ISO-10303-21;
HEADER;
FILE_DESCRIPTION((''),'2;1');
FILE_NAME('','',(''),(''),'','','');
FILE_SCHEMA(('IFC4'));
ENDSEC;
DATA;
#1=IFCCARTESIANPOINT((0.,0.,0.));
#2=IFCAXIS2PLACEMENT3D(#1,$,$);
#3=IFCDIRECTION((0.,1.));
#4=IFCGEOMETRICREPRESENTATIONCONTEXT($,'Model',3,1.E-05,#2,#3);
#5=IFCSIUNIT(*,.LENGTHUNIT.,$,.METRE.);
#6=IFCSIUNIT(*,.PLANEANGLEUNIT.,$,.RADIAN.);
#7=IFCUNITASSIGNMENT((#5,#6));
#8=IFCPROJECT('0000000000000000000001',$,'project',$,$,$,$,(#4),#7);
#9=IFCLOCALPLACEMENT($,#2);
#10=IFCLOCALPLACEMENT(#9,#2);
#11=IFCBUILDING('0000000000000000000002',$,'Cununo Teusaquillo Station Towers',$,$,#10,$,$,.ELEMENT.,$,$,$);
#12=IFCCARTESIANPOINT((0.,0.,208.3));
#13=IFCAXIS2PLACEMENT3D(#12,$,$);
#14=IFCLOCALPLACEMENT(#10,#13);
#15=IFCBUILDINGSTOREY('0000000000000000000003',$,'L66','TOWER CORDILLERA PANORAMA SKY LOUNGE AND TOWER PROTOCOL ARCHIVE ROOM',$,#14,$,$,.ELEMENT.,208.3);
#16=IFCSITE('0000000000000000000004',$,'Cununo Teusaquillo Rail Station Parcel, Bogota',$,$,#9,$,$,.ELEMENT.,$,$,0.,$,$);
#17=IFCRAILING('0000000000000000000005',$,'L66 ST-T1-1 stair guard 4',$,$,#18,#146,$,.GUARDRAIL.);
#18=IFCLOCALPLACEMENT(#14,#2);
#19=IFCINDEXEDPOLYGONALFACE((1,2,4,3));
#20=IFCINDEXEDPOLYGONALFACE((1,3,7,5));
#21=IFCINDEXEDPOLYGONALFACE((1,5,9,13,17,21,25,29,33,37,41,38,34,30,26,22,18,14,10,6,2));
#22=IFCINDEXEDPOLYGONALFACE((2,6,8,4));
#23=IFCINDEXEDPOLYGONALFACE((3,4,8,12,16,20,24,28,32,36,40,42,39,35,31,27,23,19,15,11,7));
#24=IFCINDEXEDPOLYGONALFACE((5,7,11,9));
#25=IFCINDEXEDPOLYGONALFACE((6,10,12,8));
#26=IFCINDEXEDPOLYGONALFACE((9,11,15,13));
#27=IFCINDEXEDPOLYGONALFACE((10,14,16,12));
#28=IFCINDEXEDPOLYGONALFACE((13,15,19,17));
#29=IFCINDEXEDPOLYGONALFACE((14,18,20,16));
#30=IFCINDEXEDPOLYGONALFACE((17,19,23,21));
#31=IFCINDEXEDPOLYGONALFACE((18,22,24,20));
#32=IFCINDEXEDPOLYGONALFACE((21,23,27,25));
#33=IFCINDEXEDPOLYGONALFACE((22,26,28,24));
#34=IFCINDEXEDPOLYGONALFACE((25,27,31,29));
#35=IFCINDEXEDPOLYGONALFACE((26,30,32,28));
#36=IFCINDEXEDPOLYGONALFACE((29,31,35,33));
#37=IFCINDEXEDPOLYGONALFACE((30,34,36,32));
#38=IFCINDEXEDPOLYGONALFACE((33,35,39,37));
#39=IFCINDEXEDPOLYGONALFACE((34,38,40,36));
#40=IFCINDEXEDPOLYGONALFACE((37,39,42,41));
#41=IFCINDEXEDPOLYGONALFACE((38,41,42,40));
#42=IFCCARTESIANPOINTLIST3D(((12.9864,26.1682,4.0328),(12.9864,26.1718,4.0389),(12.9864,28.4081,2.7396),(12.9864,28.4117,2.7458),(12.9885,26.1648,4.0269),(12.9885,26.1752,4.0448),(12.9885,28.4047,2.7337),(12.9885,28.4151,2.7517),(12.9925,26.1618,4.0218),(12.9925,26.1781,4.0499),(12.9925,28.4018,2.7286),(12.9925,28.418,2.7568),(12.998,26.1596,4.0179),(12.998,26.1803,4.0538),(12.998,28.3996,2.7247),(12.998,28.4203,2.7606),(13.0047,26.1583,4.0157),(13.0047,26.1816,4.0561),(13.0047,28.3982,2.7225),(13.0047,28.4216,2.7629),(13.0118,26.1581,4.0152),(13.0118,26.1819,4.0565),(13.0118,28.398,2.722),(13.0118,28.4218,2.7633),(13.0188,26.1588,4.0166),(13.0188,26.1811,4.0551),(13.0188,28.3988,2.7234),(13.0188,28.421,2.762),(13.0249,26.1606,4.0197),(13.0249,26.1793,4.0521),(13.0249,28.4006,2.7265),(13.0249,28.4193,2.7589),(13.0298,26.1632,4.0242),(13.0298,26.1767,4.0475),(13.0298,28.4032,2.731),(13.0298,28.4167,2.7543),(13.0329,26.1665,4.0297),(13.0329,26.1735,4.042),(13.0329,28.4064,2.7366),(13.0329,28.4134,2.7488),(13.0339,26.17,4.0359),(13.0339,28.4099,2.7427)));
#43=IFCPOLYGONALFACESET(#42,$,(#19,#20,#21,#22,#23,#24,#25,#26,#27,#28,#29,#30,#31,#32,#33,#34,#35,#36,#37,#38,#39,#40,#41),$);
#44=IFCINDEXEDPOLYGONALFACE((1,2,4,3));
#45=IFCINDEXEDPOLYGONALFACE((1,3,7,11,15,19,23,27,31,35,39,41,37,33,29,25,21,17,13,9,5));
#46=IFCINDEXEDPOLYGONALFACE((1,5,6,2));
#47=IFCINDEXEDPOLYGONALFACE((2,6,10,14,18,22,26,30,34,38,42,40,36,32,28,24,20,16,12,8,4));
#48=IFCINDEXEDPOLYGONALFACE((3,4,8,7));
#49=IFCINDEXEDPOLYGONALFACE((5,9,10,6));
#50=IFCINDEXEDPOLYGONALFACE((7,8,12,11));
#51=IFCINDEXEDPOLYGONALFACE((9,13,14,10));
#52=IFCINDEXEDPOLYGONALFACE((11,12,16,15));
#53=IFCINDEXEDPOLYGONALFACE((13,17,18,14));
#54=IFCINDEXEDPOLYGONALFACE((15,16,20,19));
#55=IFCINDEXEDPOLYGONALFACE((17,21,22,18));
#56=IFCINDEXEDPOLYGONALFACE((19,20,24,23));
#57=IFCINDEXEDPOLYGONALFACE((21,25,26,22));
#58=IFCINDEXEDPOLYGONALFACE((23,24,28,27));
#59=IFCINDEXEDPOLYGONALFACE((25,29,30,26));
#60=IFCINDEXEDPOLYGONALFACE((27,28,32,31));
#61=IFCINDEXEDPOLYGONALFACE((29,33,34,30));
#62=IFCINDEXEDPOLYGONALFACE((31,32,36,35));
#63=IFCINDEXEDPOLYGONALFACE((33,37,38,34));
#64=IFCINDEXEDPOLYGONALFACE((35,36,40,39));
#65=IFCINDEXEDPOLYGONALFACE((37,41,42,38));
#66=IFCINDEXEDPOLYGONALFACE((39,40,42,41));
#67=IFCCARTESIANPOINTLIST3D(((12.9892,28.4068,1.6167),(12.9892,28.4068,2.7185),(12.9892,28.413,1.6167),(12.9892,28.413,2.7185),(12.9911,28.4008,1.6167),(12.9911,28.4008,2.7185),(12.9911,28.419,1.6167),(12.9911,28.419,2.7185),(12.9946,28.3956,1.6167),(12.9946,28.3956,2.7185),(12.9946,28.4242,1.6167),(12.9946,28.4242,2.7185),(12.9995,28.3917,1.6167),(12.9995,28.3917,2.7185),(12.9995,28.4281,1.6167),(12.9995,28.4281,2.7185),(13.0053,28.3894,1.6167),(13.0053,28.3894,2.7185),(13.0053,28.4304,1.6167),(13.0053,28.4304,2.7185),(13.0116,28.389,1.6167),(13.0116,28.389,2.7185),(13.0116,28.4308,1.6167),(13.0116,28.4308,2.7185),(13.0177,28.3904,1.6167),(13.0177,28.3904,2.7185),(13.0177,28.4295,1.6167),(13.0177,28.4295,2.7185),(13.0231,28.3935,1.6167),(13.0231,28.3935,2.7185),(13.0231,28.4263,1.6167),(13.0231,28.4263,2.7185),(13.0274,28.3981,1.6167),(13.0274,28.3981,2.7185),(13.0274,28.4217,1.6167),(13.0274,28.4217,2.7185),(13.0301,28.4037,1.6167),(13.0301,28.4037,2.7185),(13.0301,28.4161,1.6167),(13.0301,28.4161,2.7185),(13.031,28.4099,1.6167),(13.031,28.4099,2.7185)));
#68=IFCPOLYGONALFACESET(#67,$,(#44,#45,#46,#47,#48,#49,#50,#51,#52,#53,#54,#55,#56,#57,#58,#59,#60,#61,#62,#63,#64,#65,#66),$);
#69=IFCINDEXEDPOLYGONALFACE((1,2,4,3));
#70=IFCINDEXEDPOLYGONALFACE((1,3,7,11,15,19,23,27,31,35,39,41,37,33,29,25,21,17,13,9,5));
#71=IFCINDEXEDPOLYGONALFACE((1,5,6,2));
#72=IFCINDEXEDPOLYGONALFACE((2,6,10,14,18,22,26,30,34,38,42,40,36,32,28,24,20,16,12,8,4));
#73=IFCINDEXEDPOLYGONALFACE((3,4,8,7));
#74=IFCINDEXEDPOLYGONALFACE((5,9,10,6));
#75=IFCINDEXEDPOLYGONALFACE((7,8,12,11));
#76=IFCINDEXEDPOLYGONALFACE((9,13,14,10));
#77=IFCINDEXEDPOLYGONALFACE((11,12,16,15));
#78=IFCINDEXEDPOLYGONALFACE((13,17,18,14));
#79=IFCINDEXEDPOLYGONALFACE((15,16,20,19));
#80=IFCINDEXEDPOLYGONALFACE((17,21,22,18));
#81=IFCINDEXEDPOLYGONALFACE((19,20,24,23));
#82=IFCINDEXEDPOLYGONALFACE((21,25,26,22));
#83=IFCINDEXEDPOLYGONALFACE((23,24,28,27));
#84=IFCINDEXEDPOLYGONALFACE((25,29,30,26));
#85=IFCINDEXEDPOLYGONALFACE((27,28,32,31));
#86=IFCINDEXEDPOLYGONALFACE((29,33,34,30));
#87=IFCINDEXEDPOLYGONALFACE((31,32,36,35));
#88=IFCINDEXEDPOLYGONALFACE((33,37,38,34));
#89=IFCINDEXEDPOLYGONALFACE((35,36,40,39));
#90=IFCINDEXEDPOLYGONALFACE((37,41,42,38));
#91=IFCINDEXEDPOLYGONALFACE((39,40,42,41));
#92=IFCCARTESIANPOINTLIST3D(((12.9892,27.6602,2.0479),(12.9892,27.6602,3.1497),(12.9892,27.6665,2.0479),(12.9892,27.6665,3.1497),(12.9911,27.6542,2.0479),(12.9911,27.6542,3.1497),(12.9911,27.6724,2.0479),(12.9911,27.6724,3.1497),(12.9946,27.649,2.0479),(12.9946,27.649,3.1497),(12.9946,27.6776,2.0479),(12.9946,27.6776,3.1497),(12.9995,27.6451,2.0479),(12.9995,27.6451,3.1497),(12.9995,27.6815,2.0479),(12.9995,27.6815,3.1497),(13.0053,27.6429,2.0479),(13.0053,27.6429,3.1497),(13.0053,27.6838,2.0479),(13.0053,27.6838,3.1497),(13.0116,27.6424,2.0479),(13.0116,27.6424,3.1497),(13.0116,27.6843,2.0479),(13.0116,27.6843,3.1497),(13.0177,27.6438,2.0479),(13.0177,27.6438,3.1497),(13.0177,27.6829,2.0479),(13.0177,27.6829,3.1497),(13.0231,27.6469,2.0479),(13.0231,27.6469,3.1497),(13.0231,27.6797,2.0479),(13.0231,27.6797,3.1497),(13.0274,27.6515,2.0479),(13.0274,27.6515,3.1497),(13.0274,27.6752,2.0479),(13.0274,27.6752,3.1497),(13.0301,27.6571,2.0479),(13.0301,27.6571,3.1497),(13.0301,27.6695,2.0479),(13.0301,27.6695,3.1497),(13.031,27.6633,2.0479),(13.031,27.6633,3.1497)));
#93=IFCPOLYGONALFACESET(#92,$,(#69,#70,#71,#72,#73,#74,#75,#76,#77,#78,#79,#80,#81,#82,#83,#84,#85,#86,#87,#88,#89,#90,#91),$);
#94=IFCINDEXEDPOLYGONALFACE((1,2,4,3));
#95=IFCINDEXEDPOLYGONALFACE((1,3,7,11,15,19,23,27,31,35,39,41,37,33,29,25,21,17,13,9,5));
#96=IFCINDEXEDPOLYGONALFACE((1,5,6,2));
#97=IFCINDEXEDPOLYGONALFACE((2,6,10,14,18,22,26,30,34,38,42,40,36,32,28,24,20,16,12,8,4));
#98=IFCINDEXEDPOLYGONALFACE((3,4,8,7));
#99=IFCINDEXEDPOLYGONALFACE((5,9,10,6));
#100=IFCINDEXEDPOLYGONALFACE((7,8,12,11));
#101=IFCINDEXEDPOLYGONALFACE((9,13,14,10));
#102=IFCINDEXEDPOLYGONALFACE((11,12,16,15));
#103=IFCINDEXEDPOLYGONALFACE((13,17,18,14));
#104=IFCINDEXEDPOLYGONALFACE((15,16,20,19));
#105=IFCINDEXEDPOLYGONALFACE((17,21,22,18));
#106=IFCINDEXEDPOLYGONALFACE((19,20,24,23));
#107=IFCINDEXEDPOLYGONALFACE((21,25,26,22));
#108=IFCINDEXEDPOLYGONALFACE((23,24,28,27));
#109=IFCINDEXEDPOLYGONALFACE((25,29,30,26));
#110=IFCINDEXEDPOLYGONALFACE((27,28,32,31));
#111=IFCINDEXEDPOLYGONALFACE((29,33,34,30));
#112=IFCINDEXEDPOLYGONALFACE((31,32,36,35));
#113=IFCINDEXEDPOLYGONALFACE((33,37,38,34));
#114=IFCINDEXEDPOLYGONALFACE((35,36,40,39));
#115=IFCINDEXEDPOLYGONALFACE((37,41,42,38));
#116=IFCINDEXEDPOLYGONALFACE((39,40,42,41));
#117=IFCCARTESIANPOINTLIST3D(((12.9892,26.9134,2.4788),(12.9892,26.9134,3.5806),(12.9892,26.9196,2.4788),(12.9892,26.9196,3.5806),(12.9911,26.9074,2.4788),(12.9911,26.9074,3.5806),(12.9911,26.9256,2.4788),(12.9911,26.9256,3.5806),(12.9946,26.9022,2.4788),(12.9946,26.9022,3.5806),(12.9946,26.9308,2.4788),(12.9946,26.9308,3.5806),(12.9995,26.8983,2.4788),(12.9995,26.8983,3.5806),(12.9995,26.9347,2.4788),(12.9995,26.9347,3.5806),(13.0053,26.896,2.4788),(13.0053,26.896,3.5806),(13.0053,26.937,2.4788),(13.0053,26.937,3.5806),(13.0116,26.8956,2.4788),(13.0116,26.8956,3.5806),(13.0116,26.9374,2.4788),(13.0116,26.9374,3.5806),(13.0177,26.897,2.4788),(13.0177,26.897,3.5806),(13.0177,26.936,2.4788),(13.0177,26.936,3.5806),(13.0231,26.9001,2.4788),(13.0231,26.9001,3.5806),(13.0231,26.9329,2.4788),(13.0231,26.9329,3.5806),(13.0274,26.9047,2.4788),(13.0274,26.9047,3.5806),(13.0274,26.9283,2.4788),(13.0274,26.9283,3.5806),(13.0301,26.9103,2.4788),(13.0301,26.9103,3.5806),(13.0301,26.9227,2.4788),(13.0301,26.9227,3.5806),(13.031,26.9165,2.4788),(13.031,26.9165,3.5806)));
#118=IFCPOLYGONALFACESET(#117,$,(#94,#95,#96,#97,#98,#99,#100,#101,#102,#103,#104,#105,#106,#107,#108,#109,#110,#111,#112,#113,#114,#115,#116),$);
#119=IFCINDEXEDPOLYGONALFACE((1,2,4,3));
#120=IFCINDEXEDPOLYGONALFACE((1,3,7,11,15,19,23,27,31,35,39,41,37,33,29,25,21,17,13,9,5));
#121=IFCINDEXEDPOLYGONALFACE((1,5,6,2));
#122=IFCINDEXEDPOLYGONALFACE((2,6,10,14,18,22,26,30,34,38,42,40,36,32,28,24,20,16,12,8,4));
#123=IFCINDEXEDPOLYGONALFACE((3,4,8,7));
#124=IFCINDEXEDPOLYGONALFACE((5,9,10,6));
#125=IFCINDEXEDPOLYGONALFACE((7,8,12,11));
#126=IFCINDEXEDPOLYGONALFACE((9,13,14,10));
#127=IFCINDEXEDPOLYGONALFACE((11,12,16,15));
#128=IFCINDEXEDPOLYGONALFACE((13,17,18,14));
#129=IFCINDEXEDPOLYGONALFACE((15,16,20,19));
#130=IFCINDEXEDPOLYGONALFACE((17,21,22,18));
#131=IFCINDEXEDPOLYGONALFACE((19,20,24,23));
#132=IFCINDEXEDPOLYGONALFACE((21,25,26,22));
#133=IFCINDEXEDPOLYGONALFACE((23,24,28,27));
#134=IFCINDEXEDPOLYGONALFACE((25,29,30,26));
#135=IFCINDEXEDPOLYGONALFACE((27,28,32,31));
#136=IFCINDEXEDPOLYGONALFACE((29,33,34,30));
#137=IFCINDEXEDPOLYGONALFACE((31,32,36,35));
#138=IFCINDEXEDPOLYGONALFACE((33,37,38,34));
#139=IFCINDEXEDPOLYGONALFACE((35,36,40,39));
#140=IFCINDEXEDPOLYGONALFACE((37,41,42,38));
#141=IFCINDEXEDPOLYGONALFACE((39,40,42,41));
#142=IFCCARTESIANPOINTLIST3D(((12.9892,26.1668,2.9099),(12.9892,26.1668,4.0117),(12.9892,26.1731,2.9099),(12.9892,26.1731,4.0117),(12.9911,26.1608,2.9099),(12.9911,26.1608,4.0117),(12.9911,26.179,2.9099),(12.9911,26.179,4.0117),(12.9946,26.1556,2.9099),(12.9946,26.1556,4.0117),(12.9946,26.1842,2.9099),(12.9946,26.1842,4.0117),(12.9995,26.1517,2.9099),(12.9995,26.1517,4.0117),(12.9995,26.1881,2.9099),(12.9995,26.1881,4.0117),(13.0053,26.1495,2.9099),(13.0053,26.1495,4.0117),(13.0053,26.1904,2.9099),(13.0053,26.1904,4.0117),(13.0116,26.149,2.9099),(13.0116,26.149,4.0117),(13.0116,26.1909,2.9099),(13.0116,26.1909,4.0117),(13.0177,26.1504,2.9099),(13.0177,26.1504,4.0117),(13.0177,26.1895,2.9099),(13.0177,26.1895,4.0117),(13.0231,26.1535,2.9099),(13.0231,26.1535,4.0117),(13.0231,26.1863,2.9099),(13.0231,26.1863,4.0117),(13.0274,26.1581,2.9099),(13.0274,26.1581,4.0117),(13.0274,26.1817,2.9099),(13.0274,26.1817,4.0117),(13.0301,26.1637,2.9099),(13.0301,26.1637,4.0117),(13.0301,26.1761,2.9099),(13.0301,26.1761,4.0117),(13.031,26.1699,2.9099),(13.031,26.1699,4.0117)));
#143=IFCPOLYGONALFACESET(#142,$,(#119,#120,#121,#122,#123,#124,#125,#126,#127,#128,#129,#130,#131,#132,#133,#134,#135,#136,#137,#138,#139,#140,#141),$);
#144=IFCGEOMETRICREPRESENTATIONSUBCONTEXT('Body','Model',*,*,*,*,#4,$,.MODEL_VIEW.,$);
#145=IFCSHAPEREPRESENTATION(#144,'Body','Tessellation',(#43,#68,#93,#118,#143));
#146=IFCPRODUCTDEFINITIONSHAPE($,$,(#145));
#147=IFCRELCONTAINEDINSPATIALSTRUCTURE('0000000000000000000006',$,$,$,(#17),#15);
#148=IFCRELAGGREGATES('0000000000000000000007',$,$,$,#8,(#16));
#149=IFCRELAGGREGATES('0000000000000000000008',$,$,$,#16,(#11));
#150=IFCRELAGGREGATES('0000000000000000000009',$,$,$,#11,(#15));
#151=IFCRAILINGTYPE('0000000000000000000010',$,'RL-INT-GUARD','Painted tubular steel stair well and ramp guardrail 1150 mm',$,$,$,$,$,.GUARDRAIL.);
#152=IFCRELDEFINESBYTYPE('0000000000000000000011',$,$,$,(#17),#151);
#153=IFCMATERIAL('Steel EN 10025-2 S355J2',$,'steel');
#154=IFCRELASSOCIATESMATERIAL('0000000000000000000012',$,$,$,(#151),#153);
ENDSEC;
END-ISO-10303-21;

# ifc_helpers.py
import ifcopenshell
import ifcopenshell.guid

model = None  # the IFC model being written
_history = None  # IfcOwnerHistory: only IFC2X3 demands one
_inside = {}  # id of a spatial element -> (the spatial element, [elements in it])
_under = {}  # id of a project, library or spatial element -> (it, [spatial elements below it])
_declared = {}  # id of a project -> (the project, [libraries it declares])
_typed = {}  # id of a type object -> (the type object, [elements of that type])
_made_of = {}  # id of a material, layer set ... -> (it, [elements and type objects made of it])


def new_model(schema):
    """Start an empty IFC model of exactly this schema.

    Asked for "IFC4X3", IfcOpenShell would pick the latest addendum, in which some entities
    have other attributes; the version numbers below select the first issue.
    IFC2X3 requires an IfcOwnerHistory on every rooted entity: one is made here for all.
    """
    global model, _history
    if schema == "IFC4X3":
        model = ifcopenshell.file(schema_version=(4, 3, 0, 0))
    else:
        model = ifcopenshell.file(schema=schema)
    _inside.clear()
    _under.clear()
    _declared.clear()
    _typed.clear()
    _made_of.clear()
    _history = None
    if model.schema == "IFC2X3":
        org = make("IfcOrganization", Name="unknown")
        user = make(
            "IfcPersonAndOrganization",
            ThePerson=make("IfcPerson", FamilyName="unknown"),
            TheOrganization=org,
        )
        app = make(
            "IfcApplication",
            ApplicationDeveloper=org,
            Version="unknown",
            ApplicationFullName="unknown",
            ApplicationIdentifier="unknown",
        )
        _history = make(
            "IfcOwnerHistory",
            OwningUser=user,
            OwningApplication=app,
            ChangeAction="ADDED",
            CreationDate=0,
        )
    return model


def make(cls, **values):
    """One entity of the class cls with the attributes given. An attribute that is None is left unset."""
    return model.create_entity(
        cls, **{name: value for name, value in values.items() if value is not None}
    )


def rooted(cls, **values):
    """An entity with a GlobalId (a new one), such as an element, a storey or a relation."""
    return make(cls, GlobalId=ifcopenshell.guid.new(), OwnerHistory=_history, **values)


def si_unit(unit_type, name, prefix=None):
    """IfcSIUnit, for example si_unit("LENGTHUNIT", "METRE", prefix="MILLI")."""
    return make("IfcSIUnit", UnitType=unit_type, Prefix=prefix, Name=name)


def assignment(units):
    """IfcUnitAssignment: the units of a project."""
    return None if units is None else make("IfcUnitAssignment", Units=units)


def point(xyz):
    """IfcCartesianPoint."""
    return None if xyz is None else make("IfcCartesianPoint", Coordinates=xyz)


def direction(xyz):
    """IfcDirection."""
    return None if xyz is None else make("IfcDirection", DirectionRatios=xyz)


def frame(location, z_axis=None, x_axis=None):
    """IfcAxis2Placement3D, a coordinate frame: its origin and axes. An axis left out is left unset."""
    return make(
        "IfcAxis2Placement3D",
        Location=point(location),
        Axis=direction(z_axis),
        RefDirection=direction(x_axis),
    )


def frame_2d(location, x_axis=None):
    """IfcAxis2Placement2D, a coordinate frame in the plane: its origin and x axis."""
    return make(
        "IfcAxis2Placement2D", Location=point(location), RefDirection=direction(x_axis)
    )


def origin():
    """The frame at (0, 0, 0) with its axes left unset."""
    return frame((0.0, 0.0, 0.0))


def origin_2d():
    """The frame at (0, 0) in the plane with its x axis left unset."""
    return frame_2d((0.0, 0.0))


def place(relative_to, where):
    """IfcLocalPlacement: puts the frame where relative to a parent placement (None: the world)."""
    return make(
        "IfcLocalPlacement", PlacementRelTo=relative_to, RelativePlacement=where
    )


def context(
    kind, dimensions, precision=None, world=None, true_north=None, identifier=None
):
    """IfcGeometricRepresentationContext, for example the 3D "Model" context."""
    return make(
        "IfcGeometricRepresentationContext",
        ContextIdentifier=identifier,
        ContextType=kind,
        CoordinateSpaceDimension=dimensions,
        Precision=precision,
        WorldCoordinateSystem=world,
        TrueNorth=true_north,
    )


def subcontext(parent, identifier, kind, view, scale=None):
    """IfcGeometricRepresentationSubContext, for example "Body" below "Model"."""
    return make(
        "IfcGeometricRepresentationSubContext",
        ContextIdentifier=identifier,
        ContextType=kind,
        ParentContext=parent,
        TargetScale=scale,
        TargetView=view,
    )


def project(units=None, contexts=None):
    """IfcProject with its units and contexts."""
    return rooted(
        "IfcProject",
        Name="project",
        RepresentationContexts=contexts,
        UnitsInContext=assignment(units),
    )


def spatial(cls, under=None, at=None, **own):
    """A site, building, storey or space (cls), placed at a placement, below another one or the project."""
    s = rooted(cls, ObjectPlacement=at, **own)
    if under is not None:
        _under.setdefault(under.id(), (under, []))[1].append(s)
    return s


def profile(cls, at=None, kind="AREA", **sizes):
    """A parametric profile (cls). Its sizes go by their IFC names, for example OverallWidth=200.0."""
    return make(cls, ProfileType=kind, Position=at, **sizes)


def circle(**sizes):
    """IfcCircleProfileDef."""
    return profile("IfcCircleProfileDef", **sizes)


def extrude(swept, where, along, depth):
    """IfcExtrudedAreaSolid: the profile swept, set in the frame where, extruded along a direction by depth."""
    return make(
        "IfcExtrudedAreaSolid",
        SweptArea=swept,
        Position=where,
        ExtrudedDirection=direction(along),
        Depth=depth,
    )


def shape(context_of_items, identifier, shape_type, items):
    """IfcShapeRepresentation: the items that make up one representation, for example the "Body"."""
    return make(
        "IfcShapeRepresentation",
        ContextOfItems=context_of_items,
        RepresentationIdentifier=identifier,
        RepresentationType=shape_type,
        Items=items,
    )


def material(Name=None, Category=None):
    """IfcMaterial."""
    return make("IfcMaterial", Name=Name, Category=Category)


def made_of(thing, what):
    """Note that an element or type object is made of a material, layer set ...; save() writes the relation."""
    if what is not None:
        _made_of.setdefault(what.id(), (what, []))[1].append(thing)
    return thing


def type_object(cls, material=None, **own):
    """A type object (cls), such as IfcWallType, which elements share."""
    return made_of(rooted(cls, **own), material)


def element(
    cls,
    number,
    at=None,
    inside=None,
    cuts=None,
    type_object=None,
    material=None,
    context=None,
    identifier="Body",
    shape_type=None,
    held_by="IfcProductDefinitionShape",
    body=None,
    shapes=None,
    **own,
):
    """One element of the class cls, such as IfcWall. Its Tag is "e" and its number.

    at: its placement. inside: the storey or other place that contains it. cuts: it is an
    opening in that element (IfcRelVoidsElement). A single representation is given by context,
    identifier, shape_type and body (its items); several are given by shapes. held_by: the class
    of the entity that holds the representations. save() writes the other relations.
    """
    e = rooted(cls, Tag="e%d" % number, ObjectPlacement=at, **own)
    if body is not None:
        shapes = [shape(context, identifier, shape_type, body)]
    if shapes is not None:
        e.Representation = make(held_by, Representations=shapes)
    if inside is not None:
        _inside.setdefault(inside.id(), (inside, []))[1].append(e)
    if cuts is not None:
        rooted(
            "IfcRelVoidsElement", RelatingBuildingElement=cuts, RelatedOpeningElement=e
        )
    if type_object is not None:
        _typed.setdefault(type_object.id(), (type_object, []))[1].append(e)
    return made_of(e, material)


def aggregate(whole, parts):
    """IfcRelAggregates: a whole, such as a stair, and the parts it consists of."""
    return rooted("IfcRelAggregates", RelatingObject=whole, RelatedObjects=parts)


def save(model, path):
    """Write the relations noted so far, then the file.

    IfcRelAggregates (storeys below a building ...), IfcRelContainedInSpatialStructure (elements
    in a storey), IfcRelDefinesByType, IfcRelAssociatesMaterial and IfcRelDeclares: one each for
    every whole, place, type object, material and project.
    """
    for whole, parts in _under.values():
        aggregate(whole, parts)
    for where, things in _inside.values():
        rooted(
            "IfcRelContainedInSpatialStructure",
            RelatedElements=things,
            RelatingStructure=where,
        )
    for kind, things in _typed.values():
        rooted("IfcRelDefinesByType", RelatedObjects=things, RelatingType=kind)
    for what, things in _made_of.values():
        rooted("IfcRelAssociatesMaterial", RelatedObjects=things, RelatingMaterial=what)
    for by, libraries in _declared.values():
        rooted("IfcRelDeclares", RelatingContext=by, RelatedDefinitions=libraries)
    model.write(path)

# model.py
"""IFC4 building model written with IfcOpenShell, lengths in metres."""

from ifc_helpers import new_model, si_unit, direction, frame, origin, origin_2d, place, context, subcontext, project, spatial, circle, extrude, material, type_object, element, save


model = new_model("IFC4")

# Units and contexts
model_context = context("Model", 3, precision=1e-05, world=origin(), true_north=direction((0.0, 1.0)))
body_context = subcontext(model_context, "Body", "Model", "MODEL_VIEW")
ifc_project = project(units=[si_unit("LENGTHUNIT", "METRE"), si_unit("PLANEANGLEUNIT", "RADIAN")], contexts=[model_context])

# Site, building, storey
site_placement = place(None, origin())
site = spatial("IfcSite", under=ifc_project, at=site_placement, Name="Cununo Teusaquillo Rail Station Parcel, Bogota", CompositionType="ELEMENT", RefElevation=0.0)
building_placement = place(site_placement, origin())
building = spatial("IfcBuilding", under=site, at=building_placement, Name="Cununo Teusaquillo Station Towers", CompositionType="ELEMENT")
storey_placement = place(building_placement, frame((0.0, 0.0, 208.3)))
storey = spatial("IfcBuildingStorey", under=building, at=storey_placement, Name="L66", Description="TOWER CORDILLERA PANORAMA SKY LOUNGE AND TOWER PROTOCOL ARCHIVE ROOM", CompositionType="ELEMENT", Elevation=208.3)

# Railing
ifc_material_1 = material(Name="Steel EN 10025-2 S355J2", Category="steel")
railing_type_1 = type_object("IfcRailingType", Name="RL-INT-GUARD", Description="Painted tubular steel stair well and ramp guardrail 1150 mm", PredefinedType="GUARDRAIL", material=ifc_material_1)
railing_1_placement = place(storey_placement, frame((13.01, 28.4099, 1.6167)))
element("IfcRailing", 1, at=railing_1_placement, inside=storey, type_object=railing_type_1, Name="L66 ST-T1-1 stair guard 4", PredefinedType="GUARDRAIL", context=body_context, shape_type="SweptSolid", body=[
    extrude(circle(Radius=0.0239, at=origin_2d()), frame((0.0, 0.0, 1.126), z_axis=(0.0, -0.866033, 0.499987), x_axis=(1.0, 0.0, 0.0)), (0.0, 0.0, 1.0), 2.5864),
    extrude(circle(Radius=0.021, at=origin_2d()), origin(), (0.0, 0.0, 1.0), 1.1018),
    extrude(circle(Radius=0.021, at=origin_2d()), frame((0.0, -0.7466, 0.4312)), (0.0, 0.0, 1.0), 1.1018),
    extrude(circle(Radius=0.021, at=origin_2d()), frame((0.0, -1.4934, 0.8621)), (0.0, 0.0, 1.0), 1.1018),
    extrude(circle(Radius=0.021, at=origin_2d()), frame((0.0, -2.24, 1.2932)), (0.0, 0.0, 1.0), 1.1018),
])

save(model, "model.ifc")
